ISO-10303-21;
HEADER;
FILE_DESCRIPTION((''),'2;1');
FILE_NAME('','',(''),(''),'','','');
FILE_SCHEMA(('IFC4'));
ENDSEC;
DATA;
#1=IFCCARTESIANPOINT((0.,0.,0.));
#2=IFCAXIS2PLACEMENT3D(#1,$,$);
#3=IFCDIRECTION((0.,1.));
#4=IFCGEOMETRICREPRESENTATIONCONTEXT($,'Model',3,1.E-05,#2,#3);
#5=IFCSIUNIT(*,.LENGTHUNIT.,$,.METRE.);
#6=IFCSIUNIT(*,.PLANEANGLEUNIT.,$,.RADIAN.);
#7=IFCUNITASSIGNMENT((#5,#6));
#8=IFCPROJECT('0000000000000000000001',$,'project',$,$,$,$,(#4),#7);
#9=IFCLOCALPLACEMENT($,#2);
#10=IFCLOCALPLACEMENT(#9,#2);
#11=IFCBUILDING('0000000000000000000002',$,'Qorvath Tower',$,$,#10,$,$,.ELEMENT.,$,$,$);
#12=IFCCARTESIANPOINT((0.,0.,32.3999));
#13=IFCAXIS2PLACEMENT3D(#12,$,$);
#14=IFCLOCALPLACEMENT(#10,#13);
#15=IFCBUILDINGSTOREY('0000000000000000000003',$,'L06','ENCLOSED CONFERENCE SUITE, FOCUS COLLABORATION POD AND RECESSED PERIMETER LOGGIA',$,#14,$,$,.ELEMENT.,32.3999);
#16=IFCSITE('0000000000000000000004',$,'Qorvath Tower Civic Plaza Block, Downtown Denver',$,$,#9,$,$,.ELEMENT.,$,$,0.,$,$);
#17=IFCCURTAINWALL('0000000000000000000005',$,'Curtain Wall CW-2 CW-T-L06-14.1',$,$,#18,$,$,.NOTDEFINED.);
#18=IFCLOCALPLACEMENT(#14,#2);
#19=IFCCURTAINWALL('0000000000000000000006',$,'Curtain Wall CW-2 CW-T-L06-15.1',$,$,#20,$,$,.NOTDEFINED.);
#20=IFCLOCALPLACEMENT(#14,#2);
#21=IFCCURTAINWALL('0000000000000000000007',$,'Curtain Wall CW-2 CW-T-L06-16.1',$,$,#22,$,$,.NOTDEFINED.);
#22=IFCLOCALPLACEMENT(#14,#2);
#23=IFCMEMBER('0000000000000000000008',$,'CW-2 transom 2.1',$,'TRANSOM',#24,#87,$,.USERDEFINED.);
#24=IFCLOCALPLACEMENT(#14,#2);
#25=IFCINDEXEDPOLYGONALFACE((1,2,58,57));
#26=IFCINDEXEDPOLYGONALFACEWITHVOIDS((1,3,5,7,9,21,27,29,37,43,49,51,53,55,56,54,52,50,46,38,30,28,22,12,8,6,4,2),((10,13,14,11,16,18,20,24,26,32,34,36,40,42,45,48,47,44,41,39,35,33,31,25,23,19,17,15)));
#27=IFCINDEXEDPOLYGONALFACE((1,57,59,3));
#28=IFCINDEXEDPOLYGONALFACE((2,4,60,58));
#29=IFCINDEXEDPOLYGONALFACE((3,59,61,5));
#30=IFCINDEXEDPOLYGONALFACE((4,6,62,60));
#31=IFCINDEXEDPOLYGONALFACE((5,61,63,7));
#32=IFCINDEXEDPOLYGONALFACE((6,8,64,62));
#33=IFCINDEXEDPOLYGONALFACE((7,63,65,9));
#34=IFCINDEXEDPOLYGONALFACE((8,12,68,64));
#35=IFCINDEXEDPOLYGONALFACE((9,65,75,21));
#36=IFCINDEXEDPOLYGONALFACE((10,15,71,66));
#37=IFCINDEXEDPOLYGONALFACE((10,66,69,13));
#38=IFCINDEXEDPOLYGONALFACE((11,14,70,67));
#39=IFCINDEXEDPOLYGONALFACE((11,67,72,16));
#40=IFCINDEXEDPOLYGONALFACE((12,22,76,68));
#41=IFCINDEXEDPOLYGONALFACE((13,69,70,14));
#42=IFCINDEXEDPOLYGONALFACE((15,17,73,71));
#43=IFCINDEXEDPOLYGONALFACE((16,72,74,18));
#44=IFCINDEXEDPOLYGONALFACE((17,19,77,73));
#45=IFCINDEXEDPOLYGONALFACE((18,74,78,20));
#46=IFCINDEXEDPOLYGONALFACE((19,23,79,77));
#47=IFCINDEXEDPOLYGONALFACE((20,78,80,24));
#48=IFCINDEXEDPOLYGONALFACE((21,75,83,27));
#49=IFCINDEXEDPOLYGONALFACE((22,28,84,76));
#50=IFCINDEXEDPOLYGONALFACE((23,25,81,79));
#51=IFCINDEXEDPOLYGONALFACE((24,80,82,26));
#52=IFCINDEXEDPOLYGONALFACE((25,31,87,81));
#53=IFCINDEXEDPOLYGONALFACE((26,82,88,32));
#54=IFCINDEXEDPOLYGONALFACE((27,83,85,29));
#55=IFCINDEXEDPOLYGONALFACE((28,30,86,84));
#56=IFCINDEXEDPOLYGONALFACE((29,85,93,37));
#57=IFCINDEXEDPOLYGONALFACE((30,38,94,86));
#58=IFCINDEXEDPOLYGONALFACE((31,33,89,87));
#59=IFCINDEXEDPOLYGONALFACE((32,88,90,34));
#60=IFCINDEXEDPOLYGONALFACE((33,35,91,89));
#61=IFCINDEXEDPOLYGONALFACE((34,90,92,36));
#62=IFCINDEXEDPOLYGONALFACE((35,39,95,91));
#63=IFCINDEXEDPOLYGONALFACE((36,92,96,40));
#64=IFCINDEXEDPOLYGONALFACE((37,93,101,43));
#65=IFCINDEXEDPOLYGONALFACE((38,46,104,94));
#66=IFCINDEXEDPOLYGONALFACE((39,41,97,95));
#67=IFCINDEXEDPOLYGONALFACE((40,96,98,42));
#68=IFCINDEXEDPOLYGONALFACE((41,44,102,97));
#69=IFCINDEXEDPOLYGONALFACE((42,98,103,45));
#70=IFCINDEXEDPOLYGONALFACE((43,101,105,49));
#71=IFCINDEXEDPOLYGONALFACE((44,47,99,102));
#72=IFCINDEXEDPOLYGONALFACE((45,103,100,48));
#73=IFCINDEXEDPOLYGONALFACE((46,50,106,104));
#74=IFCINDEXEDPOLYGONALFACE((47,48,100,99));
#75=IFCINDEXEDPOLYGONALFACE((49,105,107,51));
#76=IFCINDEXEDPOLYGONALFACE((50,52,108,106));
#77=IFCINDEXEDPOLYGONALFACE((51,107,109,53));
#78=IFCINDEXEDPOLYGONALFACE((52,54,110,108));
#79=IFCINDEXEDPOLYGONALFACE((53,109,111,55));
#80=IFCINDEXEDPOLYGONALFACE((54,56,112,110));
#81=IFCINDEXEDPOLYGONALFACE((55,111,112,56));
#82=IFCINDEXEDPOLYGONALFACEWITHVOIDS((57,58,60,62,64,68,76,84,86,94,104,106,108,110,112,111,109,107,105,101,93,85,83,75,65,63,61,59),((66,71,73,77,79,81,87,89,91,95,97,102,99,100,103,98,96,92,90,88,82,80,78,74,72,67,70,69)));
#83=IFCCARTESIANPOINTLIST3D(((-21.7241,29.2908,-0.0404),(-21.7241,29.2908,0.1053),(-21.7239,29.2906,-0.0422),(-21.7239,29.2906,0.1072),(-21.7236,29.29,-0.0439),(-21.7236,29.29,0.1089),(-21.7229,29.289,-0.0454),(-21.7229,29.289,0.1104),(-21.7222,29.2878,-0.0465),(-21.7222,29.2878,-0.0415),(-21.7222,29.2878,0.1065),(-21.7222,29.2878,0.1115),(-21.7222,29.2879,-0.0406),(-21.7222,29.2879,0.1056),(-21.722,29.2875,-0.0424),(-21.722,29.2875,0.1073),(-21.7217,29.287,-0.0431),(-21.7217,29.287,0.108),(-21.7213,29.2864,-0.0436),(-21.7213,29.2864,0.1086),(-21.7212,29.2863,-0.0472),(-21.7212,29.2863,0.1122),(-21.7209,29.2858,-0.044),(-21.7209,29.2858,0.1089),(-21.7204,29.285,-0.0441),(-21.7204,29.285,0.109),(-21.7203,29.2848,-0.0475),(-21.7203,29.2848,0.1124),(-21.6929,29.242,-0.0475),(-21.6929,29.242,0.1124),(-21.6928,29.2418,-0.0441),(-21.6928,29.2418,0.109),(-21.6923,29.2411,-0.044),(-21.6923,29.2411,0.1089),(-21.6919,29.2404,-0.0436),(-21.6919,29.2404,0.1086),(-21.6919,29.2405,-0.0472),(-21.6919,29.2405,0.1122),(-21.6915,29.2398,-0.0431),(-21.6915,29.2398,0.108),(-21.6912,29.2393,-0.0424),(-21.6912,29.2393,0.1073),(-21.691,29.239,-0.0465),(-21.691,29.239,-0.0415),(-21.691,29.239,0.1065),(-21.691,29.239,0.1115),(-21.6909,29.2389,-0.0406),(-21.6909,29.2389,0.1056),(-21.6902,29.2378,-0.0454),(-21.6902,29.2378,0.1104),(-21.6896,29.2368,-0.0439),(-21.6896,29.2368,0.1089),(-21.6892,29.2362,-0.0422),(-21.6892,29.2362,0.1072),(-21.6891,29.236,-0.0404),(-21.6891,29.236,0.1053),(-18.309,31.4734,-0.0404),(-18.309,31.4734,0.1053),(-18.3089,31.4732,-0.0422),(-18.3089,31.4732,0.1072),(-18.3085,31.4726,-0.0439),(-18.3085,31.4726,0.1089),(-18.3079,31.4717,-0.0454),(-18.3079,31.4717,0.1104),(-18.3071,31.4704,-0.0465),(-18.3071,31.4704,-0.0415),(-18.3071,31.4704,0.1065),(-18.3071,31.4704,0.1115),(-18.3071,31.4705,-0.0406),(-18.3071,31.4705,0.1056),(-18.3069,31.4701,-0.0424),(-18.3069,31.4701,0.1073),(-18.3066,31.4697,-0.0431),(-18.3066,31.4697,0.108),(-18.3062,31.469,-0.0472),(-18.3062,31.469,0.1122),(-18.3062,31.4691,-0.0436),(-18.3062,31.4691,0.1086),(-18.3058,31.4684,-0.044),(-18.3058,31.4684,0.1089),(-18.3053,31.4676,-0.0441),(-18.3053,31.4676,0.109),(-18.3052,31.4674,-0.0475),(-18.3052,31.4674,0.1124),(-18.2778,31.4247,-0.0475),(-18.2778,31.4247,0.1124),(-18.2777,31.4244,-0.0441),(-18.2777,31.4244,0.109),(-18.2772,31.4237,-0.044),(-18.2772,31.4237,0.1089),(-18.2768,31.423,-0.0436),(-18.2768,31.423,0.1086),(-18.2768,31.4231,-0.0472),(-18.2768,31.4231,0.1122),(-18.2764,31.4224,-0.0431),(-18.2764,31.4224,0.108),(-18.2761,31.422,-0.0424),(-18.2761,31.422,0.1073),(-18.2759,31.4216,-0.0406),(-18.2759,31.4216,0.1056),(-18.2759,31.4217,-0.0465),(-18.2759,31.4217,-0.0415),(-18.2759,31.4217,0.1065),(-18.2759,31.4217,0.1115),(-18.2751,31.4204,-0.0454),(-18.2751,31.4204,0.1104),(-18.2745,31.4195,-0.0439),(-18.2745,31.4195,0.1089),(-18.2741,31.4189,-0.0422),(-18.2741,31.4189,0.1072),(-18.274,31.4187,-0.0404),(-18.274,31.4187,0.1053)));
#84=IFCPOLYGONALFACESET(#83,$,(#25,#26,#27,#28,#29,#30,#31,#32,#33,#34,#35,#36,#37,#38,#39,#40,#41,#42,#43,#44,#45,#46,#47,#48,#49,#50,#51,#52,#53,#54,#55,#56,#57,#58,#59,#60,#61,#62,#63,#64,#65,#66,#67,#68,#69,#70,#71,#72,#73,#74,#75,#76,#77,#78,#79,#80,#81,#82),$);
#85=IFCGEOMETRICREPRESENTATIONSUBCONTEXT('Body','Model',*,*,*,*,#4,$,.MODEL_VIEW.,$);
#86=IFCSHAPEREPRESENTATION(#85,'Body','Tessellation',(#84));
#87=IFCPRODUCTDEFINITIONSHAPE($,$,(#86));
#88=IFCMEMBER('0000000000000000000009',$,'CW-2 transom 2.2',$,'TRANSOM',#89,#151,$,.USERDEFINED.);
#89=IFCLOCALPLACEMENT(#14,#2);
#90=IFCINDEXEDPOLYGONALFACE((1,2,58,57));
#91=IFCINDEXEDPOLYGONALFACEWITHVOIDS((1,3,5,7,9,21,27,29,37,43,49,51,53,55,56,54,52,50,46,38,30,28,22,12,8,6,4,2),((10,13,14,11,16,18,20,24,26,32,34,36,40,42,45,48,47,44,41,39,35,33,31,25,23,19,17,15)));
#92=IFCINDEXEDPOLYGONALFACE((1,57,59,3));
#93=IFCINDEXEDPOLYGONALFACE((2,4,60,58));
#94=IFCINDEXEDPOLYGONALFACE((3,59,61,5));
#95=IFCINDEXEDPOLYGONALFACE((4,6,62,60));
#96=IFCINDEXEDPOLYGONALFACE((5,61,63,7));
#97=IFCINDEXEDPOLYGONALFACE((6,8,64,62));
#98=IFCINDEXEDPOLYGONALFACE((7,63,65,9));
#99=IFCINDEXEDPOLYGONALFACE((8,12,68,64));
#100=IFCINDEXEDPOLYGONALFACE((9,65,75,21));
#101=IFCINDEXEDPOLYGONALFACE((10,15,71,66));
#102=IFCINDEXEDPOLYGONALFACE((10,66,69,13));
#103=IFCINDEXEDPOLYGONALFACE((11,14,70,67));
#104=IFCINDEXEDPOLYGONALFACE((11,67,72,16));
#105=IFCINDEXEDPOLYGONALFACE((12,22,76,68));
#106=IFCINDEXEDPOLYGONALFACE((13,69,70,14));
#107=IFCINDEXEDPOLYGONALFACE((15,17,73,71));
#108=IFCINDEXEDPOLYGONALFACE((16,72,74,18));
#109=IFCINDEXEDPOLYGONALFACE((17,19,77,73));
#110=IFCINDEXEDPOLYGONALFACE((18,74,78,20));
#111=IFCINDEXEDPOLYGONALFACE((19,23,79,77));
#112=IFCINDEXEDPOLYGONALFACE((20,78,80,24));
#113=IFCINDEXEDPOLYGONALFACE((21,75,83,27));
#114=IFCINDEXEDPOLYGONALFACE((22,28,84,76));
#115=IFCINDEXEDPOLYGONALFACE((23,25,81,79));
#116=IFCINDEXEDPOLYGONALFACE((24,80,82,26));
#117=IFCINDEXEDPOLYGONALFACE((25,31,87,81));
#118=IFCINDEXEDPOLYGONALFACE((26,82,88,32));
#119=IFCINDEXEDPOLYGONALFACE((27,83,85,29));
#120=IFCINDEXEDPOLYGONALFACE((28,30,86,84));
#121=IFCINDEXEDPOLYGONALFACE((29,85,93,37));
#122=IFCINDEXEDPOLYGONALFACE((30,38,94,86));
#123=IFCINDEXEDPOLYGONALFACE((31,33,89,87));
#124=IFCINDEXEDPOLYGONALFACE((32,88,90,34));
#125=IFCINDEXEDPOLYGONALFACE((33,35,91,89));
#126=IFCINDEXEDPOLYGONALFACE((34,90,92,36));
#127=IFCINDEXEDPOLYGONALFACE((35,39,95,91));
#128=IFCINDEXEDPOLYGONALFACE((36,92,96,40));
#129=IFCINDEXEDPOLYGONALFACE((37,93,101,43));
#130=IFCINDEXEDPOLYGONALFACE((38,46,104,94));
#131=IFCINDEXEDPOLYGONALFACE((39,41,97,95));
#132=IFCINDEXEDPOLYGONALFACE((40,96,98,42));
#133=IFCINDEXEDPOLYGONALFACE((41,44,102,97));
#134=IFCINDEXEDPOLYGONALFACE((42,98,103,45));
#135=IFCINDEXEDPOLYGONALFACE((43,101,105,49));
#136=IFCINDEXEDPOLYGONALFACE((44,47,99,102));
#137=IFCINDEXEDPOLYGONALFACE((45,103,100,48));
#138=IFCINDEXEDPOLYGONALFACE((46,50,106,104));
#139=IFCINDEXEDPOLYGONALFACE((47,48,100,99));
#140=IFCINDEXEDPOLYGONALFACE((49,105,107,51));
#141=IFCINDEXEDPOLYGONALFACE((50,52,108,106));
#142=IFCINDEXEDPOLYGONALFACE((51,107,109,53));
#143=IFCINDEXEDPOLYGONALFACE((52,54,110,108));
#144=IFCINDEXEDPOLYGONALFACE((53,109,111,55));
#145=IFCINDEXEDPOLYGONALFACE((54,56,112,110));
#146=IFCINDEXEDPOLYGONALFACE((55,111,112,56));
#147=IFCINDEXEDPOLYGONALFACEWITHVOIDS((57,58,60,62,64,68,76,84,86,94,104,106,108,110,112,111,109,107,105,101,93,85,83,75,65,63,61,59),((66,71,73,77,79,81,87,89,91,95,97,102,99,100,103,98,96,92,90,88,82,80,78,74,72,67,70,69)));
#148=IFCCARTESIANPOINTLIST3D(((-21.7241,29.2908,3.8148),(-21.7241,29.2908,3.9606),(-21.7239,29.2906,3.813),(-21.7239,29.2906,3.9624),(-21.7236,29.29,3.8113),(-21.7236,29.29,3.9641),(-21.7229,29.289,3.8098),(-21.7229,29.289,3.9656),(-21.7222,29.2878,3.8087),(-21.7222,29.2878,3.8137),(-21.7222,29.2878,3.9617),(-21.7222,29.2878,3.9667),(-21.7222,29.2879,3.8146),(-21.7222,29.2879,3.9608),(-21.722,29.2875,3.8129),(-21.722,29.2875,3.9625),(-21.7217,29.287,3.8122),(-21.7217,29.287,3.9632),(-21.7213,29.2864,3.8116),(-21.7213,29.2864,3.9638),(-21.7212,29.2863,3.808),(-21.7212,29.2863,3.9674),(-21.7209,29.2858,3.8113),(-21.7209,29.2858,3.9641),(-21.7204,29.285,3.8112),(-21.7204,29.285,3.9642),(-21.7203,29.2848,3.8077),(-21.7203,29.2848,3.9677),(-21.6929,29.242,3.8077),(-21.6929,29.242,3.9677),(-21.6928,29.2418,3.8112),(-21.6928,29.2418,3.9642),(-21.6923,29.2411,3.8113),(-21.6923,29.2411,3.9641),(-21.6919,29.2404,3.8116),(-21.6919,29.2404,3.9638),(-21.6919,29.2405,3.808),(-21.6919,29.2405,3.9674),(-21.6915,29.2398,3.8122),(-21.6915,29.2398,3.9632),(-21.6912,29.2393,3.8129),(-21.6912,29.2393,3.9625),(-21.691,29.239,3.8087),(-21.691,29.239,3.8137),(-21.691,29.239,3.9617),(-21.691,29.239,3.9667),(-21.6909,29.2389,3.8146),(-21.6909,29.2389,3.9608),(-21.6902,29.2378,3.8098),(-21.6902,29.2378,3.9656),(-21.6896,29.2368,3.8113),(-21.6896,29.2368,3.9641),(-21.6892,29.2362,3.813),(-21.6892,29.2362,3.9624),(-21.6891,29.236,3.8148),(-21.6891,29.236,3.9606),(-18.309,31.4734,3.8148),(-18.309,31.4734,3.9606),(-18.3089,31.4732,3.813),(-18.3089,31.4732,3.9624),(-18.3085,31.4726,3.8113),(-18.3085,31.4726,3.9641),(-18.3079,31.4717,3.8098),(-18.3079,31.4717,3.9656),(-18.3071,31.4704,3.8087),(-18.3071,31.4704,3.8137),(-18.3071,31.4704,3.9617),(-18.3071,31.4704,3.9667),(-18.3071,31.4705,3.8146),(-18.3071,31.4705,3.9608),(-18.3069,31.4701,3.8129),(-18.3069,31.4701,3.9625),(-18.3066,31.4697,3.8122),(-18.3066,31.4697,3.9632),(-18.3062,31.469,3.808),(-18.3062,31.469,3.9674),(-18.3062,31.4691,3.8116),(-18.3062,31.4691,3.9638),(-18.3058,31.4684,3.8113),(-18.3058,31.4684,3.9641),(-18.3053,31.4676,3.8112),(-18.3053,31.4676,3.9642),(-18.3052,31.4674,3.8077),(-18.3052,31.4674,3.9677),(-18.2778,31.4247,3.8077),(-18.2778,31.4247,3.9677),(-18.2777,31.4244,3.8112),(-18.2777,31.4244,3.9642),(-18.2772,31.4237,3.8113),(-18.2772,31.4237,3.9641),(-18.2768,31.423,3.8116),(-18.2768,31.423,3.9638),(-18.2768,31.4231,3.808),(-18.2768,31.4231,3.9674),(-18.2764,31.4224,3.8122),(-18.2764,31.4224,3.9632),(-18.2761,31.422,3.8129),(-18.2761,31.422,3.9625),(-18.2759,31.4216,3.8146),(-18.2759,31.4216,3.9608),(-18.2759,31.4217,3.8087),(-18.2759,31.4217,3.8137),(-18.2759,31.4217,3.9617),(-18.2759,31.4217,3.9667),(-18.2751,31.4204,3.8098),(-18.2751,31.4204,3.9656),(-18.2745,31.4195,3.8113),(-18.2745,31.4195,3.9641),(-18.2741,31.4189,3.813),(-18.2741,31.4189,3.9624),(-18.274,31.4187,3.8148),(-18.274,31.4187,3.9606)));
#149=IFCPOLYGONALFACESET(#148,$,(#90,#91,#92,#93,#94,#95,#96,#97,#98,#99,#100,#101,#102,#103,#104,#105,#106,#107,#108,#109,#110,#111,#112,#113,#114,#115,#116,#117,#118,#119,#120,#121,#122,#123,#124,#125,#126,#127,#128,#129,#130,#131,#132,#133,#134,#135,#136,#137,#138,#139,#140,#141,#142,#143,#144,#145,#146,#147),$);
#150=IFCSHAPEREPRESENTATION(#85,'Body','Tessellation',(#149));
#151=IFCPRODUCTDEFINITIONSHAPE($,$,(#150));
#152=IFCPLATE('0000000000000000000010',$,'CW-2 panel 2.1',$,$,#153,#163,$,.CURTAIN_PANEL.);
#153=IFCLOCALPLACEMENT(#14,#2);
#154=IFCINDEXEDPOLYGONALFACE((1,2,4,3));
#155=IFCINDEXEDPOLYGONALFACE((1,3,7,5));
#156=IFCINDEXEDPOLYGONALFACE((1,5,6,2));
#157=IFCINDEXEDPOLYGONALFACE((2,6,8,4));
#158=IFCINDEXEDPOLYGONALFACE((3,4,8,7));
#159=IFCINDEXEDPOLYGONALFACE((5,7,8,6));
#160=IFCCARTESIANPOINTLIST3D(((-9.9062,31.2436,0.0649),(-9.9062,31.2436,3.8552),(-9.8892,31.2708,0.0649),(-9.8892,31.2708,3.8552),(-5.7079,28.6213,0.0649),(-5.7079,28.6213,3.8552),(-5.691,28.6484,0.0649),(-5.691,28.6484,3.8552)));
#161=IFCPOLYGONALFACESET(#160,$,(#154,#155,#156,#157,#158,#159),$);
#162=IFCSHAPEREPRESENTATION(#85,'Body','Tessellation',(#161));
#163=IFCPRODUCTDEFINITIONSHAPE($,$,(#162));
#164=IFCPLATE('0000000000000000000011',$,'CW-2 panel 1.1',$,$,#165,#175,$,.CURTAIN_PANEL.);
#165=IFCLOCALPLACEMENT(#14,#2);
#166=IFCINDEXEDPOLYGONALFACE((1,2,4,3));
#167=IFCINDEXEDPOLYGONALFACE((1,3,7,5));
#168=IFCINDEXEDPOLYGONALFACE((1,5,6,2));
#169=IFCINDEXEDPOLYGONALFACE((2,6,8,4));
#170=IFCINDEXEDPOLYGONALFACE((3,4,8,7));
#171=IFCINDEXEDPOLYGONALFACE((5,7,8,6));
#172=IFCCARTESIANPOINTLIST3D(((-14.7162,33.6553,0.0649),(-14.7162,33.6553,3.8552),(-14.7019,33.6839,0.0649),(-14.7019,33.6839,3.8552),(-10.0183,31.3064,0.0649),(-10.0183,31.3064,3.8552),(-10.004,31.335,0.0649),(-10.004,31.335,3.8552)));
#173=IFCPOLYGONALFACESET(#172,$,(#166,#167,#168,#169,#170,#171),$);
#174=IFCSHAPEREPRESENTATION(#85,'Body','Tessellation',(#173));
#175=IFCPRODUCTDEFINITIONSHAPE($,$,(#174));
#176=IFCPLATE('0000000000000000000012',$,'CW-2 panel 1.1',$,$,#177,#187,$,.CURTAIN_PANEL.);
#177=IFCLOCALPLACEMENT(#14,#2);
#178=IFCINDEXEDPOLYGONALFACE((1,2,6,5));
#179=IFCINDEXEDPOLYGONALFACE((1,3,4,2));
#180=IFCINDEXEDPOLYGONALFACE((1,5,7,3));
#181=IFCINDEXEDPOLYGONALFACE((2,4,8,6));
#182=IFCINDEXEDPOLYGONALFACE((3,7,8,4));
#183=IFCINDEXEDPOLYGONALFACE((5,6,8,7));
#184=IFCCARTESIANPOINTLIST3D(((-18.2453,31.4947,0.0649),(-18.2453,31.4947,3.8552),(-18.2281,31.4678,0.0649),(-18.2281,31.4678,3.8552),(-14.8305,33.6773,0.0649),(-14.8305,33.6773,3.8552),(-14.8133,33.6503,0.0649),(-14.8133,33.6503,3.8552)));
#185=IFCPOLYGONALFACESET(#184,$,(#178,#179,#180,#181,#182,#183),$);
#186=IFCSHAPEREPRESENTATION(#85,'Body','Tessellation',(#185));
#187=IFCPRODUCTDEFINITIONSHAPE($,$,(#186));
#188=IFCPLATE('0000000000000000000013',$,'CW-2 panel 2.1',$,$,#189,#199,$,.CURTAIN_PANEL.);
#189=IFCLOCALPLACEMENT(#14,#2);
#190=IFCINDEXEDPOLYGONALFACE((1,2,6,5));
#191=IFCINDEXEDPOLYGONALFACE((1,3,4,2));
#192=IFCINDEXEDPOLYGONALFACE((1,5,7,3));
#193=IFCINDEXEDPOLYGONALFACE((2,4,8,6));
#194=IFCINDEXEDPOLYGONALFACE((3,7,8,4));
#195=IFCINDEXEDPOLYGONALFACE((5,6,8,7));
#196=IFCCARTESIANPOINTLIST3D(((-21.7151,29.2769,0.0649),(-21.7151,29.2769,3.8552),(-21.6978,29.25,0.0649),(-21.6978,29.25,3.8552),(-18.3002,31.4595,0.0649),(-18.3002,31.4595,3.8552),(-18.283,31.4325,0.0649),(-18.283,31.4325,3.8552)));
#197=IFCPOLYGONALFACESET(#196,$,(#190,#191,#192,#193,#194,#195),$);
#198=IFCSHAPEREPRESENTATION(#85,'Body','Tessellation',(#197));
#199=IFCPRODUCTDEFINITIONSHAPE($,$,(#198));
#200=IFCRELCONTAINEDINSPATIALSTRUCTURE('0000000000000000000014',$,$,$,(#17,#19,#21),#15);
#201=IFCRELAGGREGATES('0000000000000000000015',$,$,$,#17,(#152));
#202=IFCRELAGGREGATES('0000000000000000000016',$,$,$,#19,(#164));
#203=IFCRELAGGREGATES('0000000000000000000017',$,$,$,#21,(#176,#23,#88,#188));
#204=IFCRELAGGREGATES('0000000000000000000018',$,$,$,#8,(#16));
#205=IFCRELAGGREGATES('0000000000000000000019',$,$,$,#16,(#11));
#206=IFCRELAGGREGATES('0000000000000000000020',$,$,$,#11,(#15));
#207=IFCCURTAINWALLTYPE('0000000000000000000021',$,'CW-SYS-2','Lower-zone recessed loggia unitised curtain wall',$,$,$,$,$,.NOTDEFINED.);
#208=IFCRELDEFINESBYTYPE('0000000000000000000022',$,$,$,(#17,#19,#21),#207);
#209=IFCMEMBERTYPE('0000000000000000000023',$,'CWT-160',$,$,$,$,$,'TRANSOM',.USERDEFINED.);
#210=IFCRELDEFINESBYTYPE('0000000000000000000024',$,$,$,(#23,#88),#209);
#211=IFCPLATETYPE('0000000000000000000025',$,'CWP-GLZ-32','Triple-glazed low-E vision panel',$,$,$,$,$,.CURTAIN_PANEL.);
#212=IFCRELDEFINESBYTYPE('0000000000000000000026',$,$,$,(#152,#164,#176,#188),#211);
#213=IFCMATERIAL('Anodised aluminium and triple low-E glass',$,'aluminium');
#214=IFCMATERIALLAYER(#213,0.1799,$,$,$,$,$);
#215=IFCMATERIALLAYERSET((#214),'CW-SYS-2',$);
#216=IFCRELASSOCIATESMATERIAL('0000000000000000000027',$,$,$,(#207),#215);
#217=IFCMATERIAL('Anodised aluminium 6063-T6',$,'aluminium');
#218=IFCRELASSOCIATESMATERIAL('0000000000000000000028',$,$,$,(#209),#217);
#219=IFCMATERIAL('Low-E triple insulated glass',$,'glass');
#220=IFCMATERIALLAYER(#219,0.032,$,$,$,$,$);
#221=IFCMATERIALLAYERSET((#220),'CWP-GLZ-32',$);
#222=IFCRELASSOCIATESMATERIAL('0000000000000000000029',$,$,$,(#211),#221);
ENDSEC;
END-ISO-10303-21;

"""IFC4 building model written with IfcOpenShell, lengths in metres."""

from ifc_helpers import new_model, si_unit, direction, frame, origin, origin_2d, place, context, subcontext, project, spatial, rectangle, hollow_rectangle, extrude, material, layer, layer_set, material_profile, profile_set, type_object, element, aggregate, save


model = new_model("IFC4")

# Units and contexts
model_context = context("Model", 3, precision=1e-05, world=origin(), true_north=direction((0.0, 1.0)))
body_context = subcontext(model_context, "Body", "Model", "MODEL_VIEW")
ifc_project = project(units=[si_unit("LENGTHUNIT", "METRE"), si_unit("PLANEANGLEUNIT", "RADIAN")], contexts=[model_context])

# Site, building, storey
site_placement = place(None, origin())
site = spatial("IfcSite", under=ifc_project, at=site_placement, Name="Qorvath Tower Civic Plaza Block, Downtown Denver", CompositionType="ELEMENT", RefElevation=0.0)
building_placement = place(site_placement, origin())
building = spatial("IfcBuilding", under=site, at=building_placement, Name="Qorvath Tower", CompositionType="ELEMENT")
storey_placement = place(building_placement, frame((0.0, 0.0, 32.3999)))
storey = spatial("IfcBuildingStorey", under=building, at=storey_placement, Name="L06", Description="ENCLOSED CONFERENCE SUITE, FOCUS COLLABORATION POD AND RECESSED PERIMETER LOGGIA", CompositionType="ELEMENT", Elevation=32.3999)

# Curtain walls
ifc_material_1 = material(Name="Anodised aluminium and triple low-E glass", Category="aluminium")
ifc_layer_1 = layer(ifc_material_1, 0.1799)
ifc_layer_set_1 = layer_set([ifc_layer_1], Name="CW-SYS-2")
curtain_wall_type = type_object("IfcCurtainWallType", Name="CW-SYS-2", Description="Lower-zone recessed loggia unitised curtain wall", PredefinedType="NOTDEFINED", material=ifc_layer_set_1)
curtain_wall_1_placement = place(storey_placement, origin())
curtain_wall_1 = element("IfcCurtainWall", 1, at=curtain_wall_1_placement, inside=storey, type_object=curtain_wall_type, Name="Curtain Wall CW-2 CW-T-L06-14.1", PredefinedType="NOTDEFINED")
curtain_wall_2_placement = place(storey_placement, origin())
curtain_wall_2 = element("IfcCurtainWall", 2, at=curtain_wall_2_placement, inside=storey, type_object=curtain_wall_type, Name="Curtain Wall CW-2 CW-T-L06-15.1", PredefinedType="NOTDEFINED")
curtain_wall_3_placement = place(storey_placement, origin())
curtain_wall_3 = element("IfcCurtainWall", 3, at=curtain_wall_3_placement, inside=storey, type_object=curtain_wall_type, Name="Curtain Wall CW-2 CW-T-L06-16.1", PredefinedType="NOTDEFINED")

# Members
ifc_material_2 = material(Name="Anodised aluminium 6063-T6", Category="aluminium")
ifc_material_profile_1 = material_profile(ifc_material_2, hollow_rectangle(XDim=0.0649, YDim=0.1599, WallThickness=0.0034, InnerFilletRadius=0.0034, OuterFilletRadius=0.0071, at=origin_2d()), Name="CWT 160x65")
ifc_profile_set_1 = profile_set([ifc_material_profile_1], Name="Anodised aluminium 6063-T6")
member_type_1 = type_object("IfcMemberType", Name="CWT-160", ElementType="TRANSOM", PredefinedType="USERDEFINED", material=ifc_profile_set_1)
member_1_placement = place(storey_placement, frame((-18.2915, 31.446, 0.0325), z_axis=(-0.842608, -0.538527, 0.0), x_axis=(0.538527, -0.842608, 0.0)))
member_1 = element("IfcMember", 4, at=member_1_placement, type_object=member_type_1, Name="CW-2 transom 2.1", ObjectType="TRANSOM", PredefinedType="USERDEFINED", context=body_context, shape_type="SweptSolid", body=[
    extrude(hollow_rectangle(XDim=0.0649, YDim=0.1599, WallThickness=0.0034, InnerFilletRadius=0.0034, OuterFilletRadius=0.0071, at=origin_2d()), origin(), (0.0, 0.0, 1.0), 4.053),
])
member_2_placement = place(storey_placement, frame((-18.2915, 31.446, 3.8877), z_axis=(-0.842608, -0.538527, 0.0), x_axis=(0.538527, -0.842608, 0.0)))
member_2 = element("IfcMember", 5, at=member_2_placement, type_object=member_type_1, Name="CW-2 transom 2.2", ObjectType="TRANSOM", PredefinedType="USERDEFINED", context=body_context, shape_type="SweptSolid", body=[
    extrude(hollow_rectangle(XDim=0.0649, YDim=0.1599, WallThickness=0.0034, InnerFilletRadius=0.0034, OuterFilletRadius=0.0071, at=origin_2d()), origin(), (0.0, 0.0, 1.0), 4.053),
])

# Plates
ifc_material_3 = material(Name="Low-E triple insulated glass", Category="glass")
ifc_layer_2 = layer(ifc_material_3, 0.032)
ifc_layer_set_2 = layer_set([ifc_layer_2], Name="CWP-GLZ-32")
plate_type = type_object("IfcPlateType", Name="CWP-GLZ-32", Description="Triple-glazed low-E vision panel", PredefinedType="CURTAIN_PANEL", material=ifc_layer_set_2)
plate_1_placement = place(storey_placement, frame((-7.7986, 29.946, 0.0649), z_axis=(0.0, 0.0, 1.0), x_axis=(-0.848142, 0.529769, 0.0)))
plate_1 = element("IfcPlate", 6, at=plate_1_placement, type_object=plate_type, Name="CW-2 panel 2.1", PredefinedType="CURTAIN_PANEL", context=body_context, shape_type="SweptSolid", body=[
    extrude(rectangle(XDim=4.95, YDim=0.032, at=origin_2d()), origin(), (0.0, 0.0, 1.0), 3.7903),
])
aggregate(curtain_wall_1, [plate_1])
plate_2_placement = place(storey_placement, frame((-12.3601, 32.4951, 0.0649), z_axis=(0.0, 0.0, 1.0), x_axis=(-0.894435, 0.447199, 0.0)))
plate_2 = element("IfcPlate", 7, at=plate_2_placement, type_object=plate_type, Name="CW-2 panel 1.1", PredefinedType="CURTAIN_PANEL", context=body_context, shape_type="SweptSolid", body=[
    extrude(rectangle(XDim=5.2524, YDim=0.032, at=origin_2d()), origin(), (0.0, 0.0, 1.0), 3.7903),
])
aggregate(curtain_wall_2, [plate_2])
plate_3_placement = place(storey_placement, frame((-16.5293, 32.5725, 0.0649), z_axis=(0.0, 0.0, 1.0), x_axis=(-0.842601, -0.538539, 0.0)))
plate_3 = element("IfcPlate", 8, at=plate_3_placement, type_object=plate_type, Name="CW-2 panel 1.1", PredefinedType="CURTAIN_PANEL", context=body_context, shape_type="SweptSolid", body=[
    extrude(rectangle(XDim=4.0527, YDim=0.032, at=origin_2d()), origin(), (0.0, 0.0, 1.0), 3.7903),
])
plate_4_placement = place(storey_placement, frame((-19.999, 30.3547, 0.0649), z_axis=(0.0, 0.0, 1.0), x_axis=(-0.842601, -0.538539, 0.0)))
plate_4 = element("IfcPlate", 9, at=plate_4_placement, type_object=plate_type, Name="CW-2 panel 2.1", PredefinedType="CURTAIN_PANEL", context=body_context, shape_type="SweptSolid", body=[
    extrude(rectangle(XDim=4.0527, YDim=0.032, at=origin_2d()), origin(), (0.0, 0.0, 1.0), 3.7903),
])
aggregate(curtain_wall_3, [plate_3, member_1, member_2, plate_4])

save(model, "model.ifc")
